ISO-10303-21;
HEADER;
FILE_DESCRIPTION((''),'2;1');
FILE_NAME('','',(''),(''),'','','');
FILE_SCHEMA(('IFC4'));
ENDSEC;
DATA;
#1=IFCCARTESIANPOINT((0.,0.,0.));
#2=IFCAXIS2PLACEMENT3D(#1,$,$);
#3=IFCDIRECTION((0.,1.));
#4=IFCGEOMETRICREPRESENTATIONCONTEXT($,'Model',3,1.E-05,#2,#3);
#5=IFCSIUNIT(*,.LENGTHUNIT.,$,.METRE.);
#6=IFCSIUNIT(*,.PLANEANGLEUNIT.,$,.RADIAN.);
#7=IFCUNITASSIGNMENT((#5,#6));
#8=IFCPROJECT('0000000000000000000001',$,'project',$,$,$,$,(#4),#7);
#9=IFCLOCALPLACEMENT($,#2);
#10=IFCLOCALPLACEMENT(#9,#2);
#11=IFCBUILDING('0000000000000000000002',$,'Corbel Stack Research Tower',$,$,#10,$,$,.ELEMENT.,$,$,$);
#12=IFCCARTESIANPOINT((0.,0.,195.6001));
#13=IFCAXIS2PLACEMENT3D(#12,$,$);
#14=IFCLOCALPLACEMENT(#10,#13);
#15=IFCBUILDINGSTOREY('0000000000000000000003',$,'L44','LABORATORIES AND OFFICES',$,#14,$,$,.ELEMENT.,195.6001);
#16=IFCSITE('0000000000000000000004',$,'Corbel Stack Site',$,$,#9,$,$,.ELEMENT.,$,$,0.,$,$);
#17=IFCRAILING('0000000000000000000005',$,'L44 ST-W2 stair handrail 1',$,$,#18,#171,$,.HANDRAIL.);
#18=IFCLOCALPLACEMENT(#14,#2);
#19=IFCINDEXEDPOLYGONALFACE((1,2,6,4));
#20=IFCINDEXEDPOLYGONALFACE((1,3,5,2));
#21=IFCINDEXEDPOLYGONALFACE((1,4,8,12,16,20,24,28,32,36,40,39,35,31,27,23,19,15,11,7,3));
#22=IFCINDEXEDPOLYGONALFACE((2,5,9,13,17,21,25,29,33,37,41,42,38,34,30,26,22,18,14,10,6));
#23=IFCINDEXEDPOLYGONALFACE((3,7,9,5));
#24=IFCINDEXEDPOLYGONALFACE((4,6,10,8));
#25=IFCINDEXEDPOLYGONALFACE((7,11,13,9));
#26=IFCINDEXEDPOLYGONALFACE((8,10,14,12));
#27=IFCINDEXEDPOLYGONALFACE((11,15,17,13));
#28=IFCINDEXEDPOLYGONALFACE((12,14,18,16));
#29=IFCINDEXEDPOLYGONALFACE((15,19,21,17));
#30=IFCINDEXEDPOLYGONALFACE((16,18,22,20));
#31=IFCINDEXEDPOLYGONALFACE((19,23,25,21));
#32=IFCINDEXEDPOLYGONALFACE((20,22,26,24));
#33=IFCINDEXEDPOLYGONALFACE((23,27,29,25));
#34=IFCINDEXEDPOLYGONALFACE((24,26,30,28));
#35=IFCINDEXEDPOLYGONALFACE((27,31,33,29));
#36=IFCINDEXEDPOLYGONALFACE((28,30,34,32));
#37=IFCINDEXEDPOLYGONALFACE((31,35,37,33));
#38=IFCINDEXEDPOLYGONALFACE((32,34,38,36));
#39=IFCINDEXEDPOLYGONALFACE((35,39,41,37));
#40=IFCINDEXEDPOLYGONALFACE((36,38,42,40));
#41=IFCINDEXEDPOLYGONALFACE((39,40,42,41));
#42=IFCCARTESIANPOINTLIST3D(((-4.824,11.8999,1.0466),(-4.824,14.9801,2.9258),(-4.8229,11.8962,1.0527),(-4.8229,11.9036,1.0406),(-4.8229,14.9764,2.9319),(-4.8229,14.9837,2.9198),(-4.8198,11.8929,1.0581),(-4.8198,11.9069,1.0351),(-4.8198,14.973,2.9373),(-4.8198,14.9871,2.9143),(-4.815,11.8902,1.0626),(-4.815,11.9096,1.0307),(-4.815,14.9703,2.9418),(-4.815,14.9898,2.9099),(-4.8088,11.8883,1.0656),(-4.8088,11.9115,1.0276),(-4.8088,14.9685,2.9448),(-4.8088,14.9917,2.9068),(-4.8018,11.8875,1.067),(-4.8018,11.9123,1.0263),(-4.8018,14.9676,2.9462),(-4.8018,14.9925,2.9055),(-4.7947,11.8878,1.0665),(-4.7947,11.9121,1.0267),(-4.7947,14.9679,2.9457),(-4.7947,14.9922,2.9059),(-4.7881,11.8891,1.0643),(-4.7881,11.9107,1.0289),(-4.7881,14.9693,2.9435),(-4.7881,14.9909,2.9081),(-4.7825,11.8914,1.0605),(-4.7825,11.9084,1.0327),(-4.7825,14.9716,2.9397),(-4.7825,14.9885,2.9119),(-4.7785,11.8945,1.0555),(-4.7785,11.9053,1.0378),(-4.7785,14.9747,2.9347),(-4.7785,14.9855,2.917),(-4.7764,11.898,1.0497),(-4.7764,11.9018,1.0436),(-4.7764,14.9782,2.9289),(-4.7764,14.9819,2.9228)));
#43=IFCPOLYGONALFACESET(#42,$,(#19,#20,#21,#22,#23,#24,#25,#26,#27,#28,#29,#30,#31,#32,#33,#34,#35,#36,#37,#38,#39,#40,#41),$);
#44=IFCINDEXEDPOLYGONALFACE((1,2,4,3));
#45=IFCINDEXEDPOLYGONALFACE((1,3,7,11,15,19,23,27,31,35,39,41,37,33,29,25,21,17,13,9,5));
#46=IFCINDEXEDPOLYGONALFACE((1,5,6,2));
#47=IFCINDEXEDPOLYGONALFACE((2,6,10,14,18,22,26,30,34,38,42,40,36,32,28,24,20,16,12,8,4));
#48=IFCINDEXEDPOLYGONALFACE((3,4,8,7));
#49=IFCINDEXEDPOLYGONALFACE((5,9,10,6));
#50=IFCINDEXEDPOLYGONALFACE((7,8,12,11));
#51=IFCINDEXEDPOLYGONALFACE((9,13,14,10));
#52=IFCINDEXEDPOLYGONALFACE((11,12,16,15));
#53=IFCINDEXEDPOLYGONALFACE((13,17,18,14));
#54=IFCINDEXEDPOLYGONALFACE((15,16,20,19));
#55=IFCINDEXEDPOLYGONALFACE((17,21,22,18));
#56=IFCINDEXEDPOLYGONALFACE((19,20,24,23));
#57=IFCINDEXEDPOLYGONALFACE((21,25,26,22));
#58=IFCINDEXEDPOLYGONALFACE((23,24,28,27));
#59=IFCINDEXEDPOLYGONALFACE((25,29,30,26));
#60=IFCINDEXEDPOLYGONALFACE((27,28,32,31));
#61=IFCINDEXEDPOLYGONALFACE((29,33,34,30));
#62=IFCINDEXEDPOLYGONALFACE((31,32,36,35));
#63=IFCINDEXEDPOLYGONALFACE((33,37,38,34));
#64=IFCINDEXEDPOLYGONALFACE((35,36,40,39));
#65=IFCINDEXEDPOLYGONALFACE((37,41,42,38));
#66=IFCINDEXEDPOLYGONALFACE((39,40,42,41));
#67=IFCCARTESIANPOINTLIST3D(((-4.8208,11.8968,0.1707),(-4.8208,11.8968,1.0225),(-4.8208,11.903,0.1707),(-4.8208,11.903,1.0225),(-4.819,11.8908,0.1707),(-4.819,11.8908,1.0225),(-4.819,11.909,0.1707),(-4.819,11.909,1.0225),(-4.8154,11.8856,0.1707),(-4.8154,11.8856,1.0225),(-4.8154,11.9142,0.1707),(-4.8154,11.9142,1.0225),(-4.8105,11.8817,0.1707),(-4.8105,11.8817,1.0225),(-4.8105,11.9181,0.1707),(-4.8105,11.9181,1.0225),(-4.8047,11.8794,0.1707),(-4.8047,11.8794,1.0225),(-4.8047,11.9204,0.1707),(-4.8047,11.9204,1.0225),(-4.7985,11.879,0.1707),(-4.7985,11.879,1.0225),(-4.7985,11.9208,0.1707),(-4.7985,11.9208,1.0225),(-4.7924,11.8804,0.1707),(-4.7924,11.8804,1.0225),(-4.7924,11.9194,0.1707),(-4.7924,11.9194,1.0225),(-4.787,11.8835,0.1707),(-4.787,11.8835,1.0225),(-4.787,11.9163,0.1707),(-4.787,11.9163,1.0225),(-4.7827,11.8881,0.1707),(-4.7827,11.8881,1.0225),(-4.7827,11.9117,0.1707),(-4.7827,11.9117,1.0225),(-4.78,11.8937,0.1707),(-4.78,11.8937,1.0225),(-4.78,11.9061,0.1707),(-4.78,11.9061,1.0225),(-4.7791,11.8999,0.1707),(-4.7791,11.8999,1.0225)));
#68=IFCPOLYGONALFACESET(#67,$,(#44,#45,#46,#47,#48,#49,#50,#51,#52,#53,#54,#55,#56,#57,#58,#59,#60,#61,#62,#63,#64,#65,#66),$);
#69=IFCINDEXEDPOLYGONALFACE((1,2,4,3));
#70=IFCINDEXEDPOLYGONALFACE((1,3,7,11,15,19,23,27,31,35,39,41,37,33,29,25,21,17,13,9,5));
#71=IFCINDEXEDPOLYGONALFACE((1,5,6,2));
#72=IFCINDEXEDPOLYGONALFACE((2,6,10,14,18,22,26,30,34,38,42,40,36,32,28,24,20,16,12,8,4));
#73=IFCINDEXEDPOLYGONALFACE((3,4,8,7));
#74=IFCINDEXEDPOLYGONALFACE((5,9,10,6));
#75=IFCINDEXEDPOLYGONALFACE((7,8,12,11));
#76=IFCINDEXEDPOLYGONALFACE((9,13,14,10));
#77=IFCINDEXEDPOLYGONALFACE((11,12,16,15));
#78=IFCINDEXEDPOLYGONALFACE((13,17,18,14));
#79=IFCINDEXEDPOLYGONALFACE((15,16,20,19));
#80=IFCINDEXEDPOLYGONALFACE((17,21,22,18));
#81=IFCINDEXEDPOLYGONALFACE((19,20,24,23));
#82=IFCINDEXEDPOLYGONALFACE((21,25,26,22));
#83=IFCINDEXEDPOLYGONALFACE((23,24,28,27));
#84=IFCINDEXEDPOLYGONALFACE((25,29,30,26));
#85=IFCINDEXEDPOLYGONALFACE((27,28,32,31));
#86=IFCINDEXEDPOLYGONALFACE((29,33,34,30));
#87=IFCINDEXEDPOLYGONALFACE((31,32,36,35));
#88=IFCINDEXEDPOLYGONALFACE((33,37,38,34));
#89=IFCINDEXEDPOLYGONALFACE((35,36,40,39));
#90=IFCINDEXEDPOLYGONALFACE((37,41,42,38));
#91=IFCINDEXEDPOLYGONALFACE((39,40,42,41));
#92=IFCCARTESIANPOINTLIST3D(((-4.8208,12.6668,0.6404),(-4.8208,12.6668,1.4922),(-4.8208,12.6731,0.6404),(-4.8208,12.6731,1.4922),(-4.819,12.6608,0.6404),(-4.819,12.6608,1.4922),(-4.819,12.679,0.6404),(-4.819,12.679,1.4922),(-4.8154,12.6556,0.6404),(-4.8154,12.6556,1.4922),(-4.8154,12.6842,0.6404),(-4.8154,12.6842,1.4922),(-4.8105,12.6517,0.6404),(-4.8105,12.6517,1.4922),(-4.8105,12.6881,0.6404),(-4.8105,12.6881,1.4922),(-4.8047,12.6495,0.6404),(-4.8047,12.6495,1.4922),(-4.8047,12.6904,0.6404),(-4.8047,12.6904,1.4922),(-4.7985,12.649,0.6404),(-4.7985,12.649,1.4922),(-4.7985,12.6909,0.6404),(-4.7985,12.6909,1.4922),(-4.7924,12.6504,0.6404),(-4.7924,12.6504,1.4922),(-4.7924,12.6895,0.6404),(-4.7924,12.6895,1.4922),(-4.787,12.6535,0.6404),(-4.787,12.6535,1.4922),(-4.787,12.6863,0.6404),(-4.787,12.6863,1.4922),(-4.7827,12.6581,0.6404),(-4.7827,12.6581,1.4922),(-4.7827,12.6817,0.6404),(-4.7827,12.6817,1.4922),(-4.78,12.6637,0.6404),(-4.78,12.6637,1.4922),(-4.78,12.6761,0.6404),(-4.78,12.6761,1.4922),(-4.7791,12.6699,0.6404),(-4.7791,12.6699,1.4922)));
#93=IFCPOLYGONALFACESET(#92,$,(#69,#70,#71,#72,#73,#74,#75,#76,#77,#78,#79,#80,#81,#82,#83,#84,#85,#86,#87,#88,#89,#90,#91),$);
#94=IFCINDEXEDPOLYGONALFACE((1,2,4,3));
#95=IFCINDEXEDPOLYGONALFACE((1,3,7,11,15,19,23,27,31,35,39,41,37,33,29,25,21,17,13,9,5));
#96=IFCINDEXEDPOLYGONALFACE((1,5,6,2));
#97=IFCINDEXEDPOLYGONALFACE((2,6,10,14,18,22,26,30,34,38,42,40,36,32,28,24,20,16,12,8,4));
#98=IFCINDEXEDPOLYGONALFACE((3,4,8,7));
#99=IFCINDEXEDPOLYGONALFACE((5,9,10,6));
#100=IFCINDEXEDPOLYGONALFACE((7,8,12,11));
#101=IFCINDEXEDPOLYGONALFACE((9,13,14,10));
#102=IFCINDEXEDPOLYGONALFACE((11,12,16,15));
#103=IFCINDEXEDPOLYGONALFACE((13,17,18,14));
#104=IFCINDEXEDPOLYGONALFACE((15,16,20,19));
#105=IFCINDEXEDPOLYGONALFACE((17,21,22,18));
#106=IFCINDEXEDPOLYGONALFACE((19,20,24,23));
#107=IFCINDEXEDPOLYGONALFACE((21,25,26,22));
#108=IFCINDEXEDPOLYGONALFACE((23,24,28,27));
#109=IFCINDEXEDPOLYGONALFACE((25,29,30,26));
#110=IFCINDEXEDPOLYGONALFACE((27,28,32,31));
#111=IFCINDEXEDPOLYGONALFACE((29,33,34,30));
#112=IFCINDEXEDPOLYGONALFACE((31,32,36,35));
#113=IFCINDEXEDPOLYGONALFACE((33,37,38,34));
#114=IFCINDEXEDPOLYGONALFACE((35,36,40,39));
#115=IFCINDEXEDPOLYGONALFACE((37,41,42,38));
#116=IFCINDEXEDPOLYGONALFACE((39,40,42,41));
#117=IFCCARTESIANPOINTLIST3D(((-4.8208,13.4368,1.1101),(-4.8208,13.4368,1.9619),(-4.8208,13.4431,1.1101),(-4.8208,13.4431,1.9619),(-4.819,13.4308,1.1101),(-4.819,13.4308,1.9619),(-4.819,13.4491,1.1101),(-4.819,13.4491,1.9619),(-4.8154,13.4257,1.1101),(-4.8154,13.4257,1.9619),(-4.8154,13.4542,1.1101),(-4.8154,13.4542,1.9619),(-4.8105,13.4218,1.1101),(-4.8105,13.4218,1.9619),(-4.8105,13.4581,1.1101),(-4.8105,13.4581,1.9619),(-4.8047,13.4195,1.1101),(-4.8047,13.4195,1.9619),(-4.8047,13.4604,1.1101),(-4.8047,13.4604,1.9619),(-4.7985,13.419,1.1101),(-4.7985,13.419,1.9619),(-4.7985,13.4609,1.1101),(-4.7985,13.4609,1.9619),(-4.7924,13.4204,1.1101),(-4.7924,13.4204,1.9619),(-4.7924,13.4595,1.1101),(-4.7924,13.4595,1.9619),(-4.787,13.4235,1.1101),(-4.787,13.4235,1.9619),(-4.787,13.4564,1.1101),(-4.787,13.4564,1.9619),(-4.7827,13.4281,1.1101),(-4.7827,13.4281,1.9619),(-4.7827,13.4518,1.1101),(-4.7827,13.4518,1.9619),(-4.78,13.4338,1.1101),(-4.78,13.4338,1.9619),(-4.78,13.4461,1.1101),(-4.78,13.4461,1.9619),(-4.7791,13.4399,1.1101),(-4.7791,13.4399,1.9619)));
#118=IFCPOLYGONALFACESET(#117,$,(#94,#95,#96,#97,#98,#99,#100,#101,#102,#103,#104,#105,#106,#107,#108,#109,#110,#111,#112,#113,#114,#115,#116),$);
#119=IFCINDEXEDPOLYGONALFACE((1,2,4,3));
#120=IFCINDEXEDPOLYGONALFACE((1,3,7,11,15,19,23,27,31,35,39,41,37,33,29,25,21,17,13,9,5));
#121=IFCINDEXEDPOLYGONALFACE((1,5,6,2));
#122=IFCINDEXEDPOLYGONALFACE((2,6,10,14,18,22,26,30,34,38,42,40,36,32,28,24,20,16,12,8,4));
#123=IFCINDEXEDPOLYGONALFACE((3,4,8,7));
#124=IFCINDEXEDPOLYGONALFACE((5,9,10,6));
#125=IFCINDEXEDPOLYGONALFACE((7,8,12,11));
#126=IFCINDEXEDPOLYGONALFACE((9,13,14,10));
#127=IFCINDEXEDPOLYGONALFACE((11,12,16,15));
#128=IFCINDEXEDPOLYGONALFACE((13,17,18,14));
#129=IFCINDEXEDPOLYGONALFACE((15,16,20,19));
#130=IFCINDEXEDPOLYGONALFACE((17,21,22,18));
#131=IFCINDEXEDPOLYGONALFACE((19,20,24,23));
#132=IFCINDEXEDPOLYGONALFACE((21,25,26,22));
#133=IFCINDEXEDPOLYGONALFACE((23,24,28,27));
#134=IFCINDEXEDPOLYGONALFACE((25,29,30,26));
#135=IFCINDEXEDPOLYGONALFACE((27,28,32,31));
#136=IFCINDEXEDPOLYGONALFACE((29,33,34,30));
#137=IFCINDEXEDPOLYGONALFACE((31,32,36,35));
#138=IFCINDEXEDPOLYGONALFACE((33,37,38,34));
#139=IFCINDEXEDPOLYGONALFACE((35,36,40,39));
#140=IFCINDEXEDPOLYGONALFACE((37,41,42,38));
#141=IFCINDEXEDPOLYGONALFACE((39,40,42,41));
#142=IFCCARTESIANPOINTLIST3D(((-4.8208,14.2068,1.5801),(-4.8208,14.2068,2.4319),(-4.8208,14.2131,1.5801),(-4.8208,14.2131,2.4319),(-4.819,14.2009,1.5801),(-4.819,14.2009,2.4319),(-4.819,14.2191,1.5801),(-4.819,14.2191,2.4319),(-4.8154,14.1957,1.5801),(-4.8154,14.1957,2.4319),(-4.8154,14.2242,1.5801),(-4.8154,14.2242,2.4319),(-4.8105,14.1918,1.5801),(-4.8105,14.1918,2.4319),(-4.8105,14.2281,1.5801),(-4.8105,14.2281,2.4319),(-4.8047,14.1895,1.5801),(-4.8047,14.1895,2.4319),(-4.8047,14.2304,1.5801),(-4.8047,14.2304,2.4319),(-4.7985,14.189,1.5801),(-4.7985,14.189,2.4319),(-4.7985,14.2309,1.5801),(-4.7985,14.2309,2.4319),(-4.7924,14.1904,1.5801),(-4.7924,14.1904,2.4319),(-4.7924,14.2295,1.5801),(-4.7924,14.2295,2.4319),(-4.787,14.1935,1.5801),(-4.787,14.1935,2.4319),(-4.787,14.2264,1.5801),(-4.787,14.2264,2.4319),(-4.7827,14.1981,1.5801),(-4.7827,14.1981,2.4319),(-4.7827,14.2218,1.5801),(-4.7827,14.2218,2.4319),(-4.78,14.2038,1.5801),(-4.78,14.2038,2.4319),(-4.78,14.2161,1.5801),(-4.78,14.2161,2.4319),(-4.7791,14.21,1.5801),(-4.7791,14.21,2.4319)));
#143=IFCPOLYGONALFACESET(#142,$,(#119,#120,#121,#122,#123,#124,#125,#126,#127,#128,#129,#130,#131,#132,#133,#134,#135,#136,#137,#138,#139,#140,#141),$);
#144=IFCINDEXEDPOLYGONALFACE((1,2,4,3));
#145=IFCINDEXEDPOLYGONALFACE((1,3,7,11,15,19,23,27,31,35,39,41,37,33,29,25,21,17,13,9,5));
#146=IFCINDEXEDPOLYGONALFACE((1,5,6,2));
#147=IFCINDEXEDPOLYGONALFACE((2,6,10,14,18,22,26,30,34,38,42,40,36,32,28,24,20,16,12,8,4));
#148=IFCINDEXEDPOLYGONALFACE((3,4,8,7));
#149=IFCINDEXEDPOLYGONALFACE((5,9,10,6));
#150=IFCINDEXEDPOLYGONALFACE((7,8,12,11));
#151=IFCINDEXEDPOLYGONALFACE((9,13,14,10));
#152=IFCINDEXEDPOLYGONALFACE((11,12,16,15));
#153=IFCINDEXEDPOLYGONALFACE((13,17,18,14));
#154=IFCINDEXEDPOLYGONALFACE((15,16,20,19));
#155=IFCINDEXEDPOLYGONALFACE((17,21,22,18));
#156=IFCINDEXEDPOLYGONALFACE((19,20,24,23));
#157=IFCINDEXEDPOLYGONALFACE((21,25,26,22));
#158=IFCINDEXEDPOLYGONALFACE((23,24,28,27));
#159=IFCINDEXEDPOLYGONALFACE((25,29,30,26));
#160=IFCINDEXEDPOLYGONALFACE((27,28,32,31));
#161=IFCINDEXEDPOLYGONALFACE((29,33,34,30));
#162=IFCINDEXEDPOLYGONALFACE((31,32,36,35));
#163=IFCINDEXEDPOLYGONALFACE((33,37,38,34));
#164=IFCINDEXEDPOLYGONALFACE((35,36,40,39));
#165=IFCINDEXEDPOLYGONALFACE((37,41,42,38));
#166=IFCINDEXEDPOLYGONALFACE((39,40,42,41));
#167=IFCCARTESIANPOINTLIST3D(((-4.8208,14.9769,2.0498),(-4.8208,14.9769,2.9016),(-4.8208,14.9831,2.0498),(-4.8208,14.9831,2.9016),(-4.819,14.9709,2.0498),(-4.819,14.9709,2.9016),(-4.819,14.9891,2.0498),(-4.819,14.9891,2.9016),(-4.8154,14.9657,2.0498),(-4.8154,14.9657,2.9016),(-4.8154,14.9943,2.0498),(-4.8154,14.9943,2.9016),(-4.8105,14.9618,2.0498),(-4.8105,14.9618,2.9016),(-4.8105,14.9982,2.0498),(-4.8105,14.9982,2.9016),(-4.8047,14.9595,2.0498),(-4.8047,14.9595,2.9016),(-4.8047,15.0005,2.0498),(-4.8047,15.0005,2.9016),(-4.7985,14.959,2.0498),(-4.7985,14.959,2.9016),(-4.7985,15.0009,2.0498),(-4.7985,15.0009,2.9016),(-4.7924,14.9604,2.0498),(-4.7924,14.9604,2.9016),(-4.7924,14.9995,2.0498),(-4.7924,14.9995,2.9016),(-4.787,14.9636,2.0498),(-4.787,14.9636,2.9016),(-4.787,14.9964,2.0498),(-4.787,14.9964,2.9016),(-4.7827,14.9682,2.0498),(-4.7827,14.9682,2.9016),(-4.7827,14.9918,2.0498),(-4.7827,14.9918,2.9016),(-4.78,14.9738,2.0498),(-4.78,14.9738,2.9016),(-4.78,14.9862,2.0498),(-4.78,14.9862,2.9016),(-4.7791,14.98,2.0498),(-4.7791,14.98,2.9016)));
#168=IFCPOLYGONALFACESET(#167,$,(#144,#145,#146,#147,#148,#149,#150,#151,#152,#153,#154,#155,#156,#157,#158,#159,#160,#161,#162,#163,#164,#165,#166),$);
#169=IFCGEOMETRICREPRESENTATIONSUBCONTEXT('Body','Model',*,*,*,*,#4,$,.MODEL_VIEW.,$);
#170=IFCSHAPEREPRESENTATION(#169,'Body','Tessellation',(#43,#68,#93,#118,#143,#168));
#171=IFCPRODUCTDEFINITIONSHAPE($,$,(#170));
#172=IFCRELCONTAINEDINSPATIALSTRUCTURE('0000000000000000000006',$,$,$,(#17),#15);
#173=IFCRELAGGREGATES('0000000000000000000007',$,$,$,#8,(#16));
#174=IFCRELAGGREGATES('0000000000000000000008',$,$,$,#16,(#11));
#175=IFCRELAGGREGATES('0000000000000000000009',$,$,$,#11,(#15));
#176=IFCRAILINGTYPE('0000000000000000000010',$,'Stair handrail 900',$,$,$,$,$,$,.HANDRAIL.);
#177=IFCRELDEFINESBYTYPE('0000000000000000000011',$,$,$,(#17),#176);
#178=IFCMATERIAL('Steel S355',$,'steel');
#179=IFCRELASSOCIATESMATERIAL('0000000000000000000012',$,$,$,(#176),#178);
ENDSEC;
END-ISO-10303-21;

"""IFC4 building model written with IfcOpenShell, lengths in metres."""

from ifc_helpers import new_model, si_unit, direction, frame, origin, origin_2d, place, context, subcontext, project, spatial, circle, extrude, material, type_object, element, save


model = new_model("IFC4")

# Units and contexts
model_context = context("Model", 3, precision=1e-05, world=origin(), true_north=direction((0.0, 1.0)))
body_context = subcontext(model_context, "Body", "Model", "MODEL_VIEW")
ifc_project = project(units=[si_unit("LENGTHUNIT", "METRE"), si_unit("PLANEANGLEUNIT", "RADIAN")], contexts=[model_context])

# Site, building, storey
site_placement = place(None, origin())
site = spatial("IfcSite", under=ifc_project, at=site_placement, Name="Corbel Stack Site", CompositionType="ELEMENT", RefElevation=0.0)
building_placement = place(site_placement, origin())
building = spatial("IfcBuilding", under=site, at=building_placement, Name="Corbel Stack Research Tower", CompositionType="ELEMENT")
storey_placement = place(building_placement, frame((0.0, 0.0, 195.6001)))
storey = spatial("IfcBuildingStorey", under=building, at=storey_placement, Name="L44", Description="LABORATORIES AND OFFICES", CompositionType="ELEMENT", Elevation=195.6001)

# Railing
ifc_material_1 = material(Name="Steel S355", Category="steel")
railing_type_1 = type_object("IfcRailingType", Name="Stair handrail 900", PredefinedType="HANDRAIL", material=ifc_material_1)
railing_1_placement = place(storey_placement, frame((-4.8, 11.8999, 0.1707)))
element("IfcRailing", 1, at=railing_1_placement, inside=storey, type_object=railing_type_1, Name="L44 ST-W2 stair handrail 1", PredefinedType="HANDRAIL", context=body_context, shape_type="SweptSolid", body=[
    extrude(circle(Radius=0.0239, at=origin_2d()), frame((0.0, 0.0, 0.876), z_axis=(0.0, 0.853666, 0.52082), x_axis=(-1.0, 0.0, 0.0)), (0.0, 0.0, 1.0), 3.6082),
    extrude(circle(Radius=0.021, at=origin_2d()), origin(), (0.0, 0.0, 1.0), 0.8518),
    extrude(circle(Radius=0.021, at=origin_2d()), frame((0.0, 0.77, 0.4697)), (0.0, 0.0, 1.0), 0.8518),
    extrude(circle(Radius=0.021, at=origin_2d()), frame((0.0, 1.54, 0.9395)), (0.0, 0.0, 1.0), 0.8518),
    extrude(circle(Radius=0.021, at=origin_2d()), frame((0.0, 2.3101, 1.4094)), (0.0, 0.0, 1.0), 0.8518),
    extrude(circle(Radius=0.021, at=origin_2d()), frame((0.0, 3.0801, 1.8792)), (0.0, 0.0, 1.0), 0.8518),
])

save(model, "model.ifc")
